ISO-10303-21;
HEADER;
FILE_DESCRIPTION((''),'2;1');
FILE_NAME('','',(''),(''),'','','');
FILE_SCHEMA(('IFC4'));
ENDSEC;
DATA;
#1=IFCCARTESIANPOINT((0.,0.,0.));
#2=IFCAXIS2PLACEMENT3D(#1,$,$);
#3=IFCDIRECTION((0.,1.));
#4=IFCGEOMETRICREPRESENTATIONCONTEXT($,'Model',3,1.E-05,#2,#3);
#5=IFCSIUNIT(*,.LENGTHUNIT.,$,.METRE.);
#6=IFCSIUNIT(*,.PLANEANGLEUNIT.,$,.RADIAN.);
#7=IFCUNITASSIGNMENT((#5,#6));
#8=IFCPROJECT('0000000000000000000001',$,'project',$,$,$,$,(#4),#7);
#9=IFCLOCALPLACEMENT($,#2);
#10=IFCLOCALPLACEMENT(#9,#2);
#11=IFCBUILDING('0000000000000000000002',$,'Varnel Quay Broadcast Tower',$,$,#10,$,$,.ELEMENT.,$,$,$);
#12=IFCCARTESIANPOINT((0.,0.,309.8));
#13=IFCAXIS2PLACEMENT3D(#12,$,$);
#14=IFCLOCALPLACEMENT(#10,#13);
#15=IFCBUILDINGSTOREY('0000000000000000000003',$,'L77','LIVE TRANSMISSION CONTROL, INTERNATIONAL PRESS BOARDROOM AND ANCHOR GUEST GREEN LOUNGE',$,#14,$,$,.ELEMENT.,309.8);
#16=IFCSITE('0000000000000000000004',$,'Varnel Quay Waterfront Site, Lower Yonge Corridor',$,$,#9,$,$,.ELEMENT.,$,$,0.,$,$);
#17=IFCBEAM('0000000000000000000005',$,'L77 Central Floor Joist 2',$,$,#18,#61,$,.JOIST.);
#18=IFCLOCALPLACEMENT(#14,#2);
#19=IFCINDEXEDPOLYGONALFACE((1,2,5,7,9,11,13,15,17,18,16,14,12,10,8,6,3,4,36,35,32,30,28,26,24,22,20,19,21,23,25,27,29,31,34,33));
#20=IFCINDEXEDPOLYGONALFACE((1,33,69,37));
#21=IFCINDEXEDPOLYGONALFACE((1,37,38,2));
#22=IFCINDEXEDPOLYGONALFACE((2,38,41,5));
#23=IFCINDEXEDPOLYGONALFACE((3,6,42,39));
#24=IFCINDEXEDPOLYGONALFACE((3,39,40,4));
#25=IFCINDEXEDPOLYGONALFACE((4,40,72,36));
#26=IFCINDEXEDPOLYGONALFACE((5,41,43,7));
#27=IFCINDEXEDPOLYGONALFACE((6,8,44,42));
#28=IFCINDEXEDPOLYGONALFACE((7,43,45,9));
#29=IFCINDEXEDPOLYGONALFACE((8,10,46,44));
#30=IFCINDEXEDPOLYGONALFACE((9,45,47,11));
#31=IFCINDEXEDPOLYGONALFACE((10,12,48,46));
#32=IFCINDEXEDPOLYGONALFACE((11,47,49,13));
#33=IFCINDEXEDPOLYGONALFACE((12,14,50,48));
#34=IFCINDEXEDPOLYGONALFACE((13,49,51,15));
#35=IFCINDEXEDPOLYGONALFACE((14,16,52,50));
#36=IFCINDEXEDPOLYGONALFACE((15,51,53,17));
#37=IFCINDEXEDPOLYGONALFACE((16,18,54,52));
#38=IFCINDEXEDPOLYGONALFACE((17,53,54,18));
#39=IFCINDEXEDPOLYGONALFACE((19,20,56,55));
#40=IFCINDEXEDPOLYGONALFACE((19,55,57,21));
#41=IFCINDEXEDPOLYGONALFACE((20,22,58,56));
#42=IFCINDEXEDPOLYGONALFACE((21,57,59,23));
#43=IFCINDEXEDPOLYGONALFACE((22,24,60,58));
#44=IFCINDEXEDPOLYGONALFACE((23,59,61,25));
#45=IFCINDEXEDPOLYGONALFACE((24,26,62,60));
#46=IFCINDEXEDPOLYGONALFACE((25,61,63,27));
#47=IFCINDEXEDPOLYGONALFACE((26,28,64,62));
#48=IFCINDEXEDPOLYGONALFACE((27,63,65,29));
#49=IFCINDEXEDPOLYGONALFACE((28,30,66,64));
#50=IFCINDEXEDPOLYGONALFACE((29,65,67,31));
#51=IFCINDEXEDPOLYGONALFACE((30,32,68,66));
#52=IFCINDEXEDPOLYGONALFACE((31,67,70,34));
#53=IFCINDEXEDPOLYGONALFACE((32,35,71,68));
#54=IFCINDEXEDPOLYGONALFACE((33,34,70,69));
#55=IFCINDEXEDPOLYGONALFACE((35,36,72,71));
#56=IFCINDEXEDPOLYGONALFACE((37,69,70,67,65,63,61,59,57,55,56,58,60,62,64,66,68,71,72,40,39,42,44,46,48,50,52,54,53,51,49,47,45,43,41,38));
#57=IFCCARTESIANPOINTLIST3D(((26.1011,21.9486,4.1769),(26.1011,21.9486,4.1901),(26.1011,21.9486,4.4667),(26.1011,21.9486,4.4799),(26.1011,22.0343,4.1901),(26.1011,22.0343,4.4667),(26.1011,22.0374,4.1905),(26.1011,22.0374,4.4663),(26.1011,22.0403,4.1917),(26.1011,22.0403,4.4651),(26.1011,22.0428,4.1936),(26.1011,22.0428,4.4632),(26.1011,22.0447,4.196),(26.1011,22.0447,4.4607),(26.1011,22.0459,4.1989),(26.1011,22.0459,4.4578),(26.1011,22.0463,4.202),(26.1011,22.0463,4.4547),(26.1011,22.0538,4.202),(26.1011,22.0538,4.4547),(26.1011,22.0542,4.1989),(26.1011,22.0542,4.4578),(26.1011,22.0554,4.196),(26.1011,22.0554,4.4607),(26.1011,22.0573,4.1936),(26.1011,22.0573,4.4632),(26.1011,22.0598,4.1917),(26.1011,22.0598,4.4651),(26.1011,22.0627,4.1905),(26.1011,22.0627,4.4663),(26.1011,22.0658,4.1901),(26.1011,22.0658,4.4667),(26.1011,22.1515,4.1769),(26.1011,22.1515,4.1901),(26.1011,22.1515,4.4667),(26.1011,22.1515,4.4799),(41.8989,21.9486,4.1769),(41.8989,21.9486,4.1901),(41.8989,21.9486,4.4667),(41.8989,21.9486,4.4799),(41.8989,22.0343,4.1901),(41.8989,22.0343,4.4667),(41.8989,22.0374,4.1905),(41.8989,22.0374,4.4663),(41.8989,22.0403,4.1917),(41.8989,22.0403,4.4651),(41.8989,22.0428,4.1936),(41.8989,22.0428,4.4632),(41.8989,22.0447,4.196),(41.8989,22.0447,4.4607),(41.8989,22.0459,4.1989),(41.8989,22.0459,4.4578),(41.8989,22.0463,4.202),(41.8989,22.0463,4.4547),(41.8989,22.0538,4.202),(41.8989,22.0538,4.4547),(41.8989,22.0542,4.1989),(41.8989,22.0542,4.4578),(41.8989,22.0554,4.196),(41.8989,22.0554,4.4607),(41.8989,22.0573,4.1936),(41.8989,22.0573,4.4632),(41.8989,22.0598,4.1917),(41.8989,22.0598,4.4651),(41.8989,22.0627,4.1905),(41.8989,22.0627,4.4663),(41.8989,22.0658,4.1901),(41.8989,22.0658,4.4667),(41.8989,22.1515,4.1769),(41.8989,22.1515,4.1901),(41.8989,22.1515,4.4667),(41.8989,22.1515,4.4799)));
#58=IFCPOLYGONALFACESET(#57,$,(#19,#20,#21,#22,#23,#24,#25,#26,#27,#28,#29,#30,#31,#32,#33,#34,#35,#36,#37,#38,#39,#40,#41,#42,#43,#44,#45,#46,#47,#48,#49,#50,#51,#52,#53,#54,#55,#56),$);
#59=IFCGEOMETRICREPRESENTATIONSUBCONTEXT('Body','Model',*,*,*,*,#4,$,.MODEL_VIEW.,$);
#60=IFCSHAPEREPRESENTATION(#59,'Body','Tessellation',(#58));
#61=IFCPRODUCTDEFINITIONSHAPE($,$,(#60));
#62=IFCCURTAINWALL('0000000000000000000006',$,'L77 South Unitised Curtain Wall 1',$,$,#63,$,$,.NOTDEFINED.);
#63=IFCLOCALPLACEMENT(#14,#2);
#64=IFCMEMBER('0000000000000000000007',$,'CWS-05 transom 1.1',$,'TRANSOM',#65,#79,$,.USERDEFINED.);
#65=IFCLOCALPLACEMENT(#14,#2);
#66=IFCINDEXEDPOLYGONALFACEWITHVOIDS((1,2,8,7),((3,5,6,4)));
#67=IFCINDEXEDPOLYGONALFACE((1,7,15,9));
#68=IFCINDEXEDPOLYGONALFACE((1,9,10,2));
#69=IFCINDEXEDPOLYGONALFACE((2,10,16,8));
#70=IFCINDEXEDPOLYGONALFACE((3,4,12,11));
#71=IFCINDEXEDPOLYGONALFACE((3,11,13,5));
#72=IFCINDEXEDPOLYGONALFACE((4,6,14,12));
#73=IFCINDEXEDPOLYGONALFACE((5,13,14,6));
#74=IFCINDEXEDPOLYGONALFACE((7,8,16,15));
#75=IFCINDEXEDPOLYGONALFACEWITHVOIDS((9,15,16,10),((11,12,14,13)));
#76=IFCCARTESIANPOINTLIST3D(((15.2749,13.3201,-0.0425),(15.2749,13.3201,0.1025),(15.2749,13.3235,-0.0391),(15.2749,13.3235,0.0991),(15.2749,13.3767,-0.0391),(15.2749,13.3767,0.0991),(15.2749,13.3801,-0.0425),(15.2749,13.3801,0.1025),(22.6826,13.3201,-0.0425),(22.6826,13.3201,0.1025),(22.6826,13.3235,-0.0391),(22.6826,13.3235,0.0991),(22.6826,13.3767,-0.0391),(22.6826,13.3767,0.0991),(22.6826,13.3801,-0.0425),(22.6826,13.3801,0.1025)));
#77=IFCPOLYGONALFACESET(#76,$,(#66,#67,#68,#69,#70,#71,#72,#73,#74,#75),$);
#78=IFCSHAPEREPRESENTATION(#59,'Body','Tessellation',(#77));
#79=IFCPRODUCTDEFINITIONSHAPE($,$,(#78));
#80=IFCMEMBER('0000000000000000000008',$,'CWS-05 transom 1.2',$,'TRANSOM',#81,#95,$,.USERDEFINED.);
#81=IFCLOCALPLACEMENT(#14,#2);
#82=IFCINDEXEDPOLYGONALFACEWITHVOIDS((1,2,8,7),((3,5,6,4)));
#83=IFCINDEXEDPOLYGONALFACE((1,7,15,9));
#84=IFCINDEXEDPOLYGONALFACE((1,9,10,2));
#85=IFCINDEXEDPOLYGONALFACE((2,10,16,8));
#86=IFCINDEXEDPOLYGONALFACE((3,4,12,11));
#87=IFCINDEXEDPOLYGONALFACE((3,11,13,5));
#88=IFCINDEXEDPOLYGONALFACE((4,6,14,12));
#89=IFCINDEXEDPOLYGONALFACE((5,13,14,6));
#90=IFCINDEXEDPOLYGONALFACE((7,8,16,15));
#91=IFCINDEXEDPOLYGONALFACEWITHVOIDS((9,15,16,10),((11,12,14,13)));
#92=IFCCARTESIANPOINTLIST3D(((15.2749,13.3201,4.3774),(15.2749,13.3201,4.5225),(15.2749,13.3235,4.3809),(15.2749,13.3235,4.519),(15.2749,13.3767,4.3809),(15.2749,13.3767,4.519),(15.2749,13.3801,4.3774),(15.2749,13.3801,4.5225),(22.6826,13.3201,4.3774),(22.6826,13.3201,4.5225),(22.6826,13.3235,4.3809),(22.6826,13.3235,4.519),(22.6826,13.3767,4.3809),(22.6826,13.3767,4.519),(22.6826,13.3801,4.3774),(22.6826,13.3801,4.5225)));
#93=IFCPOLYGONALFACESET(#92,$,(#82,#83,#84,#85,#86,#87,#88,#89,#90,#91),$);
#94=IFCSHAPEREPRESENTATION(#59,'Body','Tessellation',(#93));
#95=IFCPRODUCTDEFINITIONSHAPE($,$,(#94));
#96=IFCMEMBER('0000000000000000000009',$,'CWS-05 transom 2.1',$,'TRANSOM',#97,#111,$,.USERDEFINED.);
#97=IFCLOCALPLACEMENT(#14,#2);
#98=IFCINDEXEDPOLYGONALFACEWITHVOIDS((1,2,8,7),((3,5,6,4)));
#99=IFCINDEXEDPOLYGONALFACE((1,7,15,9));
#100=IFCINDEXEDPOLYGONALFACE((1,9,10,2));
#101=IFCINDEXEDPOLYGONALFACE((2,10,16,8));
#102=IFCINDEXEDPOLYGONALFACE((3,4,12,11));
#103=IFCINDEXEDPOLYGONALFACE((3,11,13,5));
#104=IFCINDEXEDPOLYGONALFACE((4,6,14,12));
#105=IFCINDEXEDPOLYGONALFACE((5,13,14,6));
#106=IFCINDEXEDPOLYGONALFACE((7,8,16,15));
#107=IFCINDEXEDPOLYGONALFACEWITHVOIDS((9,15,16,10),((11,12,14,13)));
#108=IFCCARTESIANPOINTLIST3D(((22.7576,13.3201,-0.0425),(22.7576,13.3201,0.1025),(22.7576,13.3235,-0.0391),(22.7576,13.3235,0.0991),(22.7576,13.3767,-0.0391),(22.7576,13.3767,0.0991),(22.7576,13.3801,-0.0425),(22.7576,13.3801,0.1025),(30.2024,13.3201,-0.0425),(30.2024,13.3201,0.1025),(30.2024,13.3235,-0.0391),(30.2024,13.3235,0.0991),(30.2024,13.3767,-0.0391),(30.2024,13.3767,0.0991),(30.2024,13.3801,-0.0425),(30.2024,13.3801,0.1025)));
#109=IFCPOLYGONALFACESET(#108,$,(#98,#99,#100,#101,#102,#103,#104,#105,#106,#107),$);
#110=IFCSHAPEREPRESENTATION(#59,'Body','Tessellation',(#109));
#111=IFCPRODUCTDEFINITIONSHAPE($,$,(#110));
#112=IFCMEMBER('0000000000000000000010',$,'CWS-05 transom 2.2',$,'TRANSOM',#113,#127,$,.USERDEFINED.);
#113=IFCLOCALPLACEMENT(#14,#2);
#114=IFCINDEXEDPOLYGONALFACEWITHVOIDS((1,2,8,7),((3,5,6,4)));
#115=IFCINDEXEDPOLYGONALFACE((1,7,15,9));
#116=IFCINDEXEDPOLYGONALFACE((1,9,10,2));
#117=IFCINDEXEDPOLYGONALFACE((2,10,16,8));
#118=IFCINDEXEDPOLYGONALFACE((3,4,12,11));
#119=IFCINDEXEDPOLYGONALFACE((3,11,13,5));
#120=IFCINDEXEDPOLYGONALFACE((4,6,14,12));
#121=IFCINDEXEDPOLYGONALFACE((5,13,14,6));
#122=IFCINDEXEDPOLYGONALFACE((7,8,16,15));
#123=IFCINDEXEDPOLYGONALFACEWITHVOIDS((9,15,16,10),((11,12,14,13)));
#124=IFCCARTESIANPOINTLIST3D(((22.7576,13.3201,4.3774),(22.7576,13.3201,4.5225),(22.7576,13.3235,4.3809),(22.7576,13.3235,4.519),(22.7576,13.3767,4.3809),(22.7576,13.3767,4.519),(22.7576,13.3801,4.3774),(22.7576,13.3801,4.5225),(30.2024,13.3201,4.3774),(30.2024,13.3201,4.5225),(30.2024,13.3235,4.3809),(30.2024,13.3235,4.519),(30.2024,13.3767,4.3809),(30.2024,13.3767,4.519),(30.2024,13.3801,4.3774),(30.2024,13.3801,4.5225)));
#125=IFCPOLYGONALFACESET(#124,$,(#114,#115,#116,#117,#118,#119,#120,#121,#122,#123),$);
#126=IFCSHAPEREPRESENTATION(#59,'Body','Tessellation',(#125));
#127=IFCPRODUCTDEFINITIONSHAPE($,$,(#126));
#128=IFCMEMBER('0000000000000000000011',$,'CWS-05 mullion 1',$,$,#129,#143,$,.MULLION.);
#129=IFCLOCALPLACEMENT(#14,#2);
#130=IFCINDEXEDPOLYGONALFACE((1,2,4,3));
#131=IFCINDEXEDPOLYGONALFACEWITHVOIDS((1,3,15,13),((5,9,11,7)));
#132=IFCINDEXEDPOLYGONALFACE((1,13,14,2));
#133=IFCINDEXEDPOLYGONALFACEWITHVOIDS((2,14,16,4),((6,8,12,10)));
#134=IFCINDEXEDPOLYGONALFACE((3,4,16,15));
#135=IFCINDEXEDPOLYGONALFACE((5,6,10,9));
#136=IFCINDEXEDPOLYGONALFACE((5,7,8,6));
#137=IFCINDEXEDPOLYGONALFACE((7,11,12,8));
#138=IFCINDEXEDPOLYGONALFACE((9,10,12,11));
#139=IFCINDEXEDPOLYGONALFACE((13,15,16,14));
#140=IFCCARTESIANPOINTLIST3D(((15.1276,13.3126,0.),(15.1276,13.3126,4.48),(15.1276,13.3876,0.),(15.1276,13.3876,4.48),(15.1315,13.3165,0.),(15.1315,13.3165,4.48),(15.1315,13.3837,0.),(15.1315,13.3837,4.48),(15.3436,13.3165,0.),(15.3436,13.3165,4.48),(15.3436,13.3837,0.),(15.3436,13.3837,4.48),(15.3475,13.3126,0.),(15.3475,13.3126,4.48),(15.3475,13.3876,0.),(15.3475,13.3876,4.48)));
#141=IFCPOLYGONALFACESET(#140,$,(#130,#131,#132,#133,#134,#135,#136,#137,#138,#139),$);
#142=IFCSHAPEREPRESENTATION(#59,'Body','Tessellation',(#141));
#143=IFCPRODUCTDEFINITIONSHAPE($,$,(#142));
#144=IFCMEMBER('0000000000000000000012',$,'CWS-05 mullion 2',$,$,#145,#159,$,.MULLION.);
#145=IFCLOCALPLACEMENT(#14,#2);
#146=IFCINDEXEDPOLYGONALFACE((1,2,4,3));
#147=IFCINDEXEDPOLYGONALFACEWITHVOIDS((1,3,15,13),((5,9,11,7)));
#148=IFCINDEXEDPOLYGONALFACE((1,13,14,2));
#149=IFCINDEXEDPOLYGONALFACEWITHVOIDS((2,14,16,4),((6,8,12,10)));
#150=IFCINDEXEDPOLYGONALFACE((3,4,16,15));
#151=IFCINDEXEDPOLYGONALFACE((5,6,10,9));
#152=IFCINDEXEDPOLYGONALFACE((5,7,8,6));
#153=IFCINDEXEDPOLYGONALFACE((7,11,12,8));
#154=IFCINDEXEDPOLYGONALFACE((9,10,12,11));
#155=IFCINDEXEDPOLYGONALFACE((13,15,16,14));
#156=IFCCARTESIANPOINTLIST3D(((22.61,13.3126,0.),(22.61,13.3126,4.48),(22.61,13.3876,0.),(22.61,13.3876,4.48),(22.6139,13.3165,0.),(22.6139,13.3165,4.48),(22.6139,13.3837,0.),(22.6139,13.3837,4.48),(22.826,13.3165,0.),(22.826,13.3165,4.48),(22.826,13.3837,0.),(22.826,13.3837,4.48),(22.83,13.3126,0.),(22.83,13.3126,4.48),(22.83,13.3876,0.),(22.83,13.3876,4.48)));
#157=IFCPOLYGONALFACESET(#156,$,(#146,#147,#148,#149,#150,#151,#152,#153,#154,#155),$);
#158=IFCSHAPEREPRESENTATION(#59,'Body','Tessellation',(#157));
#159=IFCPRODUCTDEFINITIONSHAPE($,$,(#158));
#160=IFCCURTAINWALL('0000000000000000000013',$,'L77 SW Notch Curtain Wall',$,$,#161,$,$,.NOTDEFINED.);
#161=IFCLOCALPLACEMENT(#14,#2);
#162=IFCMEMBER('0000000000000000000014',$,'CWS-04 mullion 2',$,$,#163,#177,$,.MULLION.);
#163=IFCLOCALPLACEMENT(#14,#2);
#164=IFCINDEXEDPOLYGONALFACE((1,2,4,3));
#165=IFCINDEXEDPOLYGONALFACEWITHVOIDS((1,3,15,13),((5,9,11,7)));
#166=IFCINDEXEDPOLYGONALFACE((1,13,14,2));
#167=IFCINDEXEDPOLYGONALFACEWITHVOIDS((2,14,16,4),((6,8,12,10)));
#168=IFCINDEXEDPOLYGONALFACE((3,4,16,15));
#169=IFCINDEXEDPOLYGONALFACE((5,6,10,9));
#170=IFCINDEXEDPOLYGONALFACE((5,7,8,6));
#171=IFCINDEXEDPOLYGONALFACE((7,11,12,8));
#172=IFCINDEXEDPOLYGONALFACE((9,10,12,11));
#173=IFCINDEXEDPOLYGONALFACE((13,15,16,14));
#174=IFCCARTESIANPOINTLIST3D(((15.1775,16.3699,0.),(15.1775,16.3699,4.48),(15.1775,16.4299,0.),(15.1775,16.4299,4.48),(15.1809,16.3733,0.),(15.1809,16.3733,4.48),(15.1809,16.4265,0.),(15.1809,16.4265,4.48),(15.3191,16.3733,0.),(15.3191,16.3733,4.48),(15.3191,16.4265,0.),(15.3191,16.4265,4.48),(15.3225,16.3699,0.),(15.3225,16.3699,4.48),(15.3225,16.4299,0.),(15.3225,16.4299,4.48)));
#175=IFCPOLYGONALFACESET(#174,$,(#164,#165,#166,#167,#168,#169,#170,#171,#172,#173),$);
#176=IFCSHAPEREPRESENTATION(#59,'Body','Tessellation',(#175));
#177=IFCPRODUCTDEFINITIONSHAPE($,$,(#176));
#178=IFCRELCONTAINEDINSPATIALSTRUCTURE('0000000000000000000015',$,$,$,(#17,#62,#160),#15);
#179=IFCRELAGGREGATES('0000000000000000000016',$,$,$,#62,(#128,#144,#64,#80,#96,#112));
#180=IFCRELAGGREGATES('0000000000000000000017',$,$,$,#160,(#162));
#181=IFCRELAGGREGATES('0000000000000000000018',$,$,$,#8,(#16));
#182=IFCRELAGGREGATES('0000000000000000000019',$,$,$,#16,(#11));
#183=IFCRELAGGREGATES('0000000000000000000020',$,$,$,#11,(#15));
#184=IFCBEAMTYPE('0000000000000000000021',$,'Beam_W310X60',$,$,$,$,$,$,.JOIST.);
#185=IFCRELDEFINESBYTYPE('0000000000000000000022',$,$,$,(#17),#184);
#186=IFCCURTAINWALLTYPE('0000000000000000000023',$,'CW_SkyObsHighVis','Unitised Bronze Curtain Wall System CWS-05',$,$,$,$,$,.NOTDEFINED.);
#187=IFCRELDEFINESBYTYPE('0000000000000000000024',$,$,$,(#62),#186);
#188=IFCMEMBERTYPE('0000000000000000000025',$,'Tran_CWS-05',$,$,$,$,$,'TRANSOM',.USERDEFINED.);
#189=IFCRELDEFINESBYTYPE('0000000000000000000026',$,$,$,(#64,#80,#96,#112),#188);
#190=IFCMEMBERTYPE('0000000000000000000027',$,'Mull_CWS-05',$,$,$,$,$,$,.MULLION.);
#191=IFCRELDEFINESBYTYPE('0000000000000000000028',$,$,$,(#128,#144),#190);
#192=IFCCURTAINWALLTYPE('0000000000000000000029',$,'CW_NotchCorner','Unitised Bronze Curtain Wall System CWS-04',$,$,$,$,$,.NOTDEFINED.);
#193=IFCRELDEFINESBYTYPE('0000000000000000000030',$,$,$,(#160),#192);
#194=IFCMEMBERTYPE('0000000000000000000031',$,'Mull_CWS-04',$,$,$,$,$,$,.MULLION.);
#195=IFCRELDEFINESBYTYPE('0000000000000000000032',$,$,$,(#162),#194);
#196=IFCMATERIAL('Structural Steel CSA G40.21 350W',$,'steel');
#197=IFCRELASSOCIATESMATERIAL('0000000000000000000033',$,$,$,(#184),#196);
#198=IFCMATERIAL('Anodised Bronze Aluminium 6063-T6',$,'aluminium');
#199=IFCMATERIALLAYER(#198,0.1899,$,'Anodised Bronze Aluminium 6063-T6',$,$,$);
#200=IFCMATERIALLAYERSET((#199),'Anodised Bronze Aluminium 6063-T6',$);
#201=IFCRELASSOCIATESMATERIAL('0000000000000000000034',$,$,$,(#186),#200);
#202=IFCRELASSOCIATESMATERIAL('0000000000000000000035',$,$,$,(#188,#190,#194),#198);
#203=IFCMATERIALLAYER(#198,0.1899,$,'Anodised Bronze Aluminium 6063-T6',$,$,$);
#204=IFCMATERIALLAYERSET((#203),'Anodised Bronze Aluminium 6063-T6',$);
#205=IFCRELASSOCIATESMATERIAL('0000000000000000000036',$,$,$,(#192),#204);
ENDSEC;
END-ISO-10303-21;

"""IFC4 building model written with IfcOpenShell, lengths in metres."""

from ifc_helpers import new_model, si_unit, direction, frame, origin, origin_2d, place, context, subcontext, project, spatial, hollow_rectangle, i_section, extrude, source, transform, mapped, material, layer, layer_set, material_profile, profile_set, type_object, type_shapes, element, aggregate, save


model = new_model("IFC4")

# Units and contexts
model_context = context("Model", 3, precision=1e-05, world=origin(), true_north=direction((0.0, 1.0)))
body_context = subcontext(model_context, "Body", "Model", "MODEL_VIEW")
ifc_project = project(units=[si_unit("LENGTHUNIT", "METRE"), si_unit("PLANEANGLEUNIT", "RADIAN")], contexts=[model_context])

# Site, building, storey
site_placement = place(None, origin())
site = spatial("IfcSite", under=ifc_project, at=site_placement, Name="Varnel Quay Waterfront Site, Lower Yonge Corridor", CompositionType="ELEMENT", RefElevation=0.0)
building_placement = place(site_placement, origin())
building = spatial("IfcBuilding", under=site, at=building_placement, Name="Varnel Quay Broadcast Tower", CompositionType="ELEMENT")
storey_placement = place(building_placement, frame((0.0, 0.0, 309.8)))
storey = spatial("IfcBuildingStorey", under=building, at=storey_placement, Name="L77", Description="LIVE TRANSMISSION CONTROL, INTERNATIONAL PRESS BOARDROOM AND ANCHOR GUEST GREEN LOUNGE", CompositionType="ELEMENT", Elevation=309.8)

# Shared definitions
ifc_material_1 = material(Name="Structural Steel CSA G40.21 350W", Category="steel")

# Beam
ifc_material_profile_1 = material_profile(ifc_material_1, i_section(OverallWidth=0.2029, OverallDepth=0.303, WebThickness=0.0076, FlangeThickness=0.0132, FilletRadius=0.012, at=origin_2d()), Name="W310X60")
ifc_profile_set_1 = profile_set([ifc_material_profile_1], Name="Structural Steel CSA G40.21 350W")
beam_type_1 = type_object("IfcBeamType", Name="Beam_W310X60", PredefinedType="JOIST", material=ifc_profile_set_1)
shared_shape_1 = source(origin(), body_context, "Body", "SweptSolid", [
    extrude(i_section(OverallWidth=0.2029, OverallDepth=0.303, WebThickness=0.0076, FlangeThickness=0.0132, FilletRadius=0.012, at=origin_2d()), origin(), (0.0, 0.0, 1.0), 15.7979),
])
type_shapes(beam_type_1, [shared_shape_1])
beam_1_placement = place(storey_placement, frame((26.1011, 22.05, 4.3284), z_axis=(1.0, 0.0, 0.0), x_axis=(0.0, 1.0, 0.0)))
element("IfcBeam", 1, at=beam_1_placement, inside=storey, type_object=beam_type_1, Name="L77 Central Floor Joist 2", PredefinedType="JOIST", context=body_context, shape_type="MappedRepresentation", body=[
    mapped(shared_shape_1, transform((0.0, 0.0, 0.0), x_axis=(1.0, 0.0, 0.0), y_axis=(0.0, 1.0, 0.0), z_axis=(0.0, 0.0, 1.0), scale=1.0)),
])

# Curtain wall, members
ifc_material_2 = material(Name="Anodised Bronze Aluminium 6063-T6", Category="aluminium")
ifc_layer_1 = layer(ifc_material_2, 0.1899, Name="Anodised Bronze Aluminium 6063-T6")
ifc_layer_set_1 = layer_set([ifc_layer_1], Name="Anodised Bronze Aluminium 6063-T6")
curtain_wall_type_1 = type_object("IfcCurtainWallType", Name="CW_SkyObsHighVis", Description="Unitised Bronze Curtain Wall System CWS-05", PredefinedType="NOTDEFINED", material=ifc_layer_set_1)
curtain_wall_1_placement = place(storey_placement, origin())
curtain_wall_1 = element("IfcCurtainWall", 2, at=curtain_wall_1_placement, inside=storey, type_object=curtain_wall_type_1, Name="L77 South Unitised Curtain Wall 1", PredefinedType="NOTDEFINED")
ifc_material_profile_2 = material_profile(ifc_material_2, hollow_rectangle(XDim=0.0601, YDim=0.145, WallThickness=0.0034, at=origin_2d()), Name="ALU60X145X3.5")
ifc_profile_set_2 = profile_set([ifc_material_profile_2], Name="Anodised Bronze Aluminium 6063-T6")
member_type_1 = type_object("IfcMemberType", Name="Tran_CWS-05", ElementType="TRANSOM", PredefinedType="USERDEFINED", material=ifc_profile_set_2)
shared_shape_2 = source(origin(), body_context, "Body", "SweptSolid", [
    extrude(hollow_rectangle(XDim=0.0601, YDim=0.145, WallThickness=0.0034, at=origin_2d()), origin(), (0.0, 0.0, 1.0), 7.4077),
])
member_1_placement = place(storey_placement, frame((15.2749, 13.3501, 0.03), z_axis=(1.0, 0.0, 0.0), x_axis=(0.0, 1.0, 0.0)))
member_1 = element("IfcMember", 3, at=member_1_placement, type_object=member_type_1, Name="CWS-05 transom 1.1", ObjectType="TRANSOM", PredefinedType="USERDEFINED", context=body_context, shape_type="MappedRepresentation", body=[
    mapped(shared_shape_2, transform((0.0, 0.0, 0.0), x_axis=(1.0, 0.0, 0.0), y_axis=(0.0, 1.0, 0.0), z_axis=(0.0, 0.0, 1.0), scale=1.0)),
])
member_2_placement = place(storey_placement, frame((15.2749, 13.3501, 4.45), z_axis=(1.0, 0.0, 0.0), x_axis=(0.0, 1.0, 0.0)))
member_2 = element("IfcMember", 4, at=member_2_placement, type_object=member_type_1, Name="CWS-05 transom 1.2", ObjectType="TRANSOM", PredefinedType="USERDEFINED", context=body_context, shape_type="MappedRepresentation", body=[
    mapped(shared_shape_2, transform((0.0, 0.0, 0.0), x_axis=(1.0, 0.0, 0.0), y_axis=(0.0, 1.0, 0.0), z_axis=(0.0, 0.0, 1.0), scale=1.0)),
])
shared_shape_3 = source(origin(), body_context, "Body", "SweptSolid", [
    extrude(hollow_rectangle(XDim=0.0601, YDim=0.145, WallThickness=0.0034, at=origin_2d()), origin(), (0.0, 0.0, 1.0), 7.4448),
])
type_shapes(member_type_1, [shared_shape_2, shared_shape_3])
member_3_placement = place(storey_placement, frame((22.7576, 13.3501, 0.03), z_axis=(1.0, 0.0, 0.0), x_axis=(0.0, 1.0, 0.0)))
member_3 = element("IfcMember", 5, at=member_3_placement, type_object=member_type_1, Name="CWS-05 transom 2.1", ObjectType="TRANSOM", PredefinedType="USERDEFINED", context=body_context, shape_type="MappedRepresentation", body=[
    mapped(shared_shape_3, transform((0.0, 0.0, 0.0), x_axis=(1.0, 0.0, 0.0), y_axis=(0.0, 1.0, 0.0), z_axis=(0.0, 0.0, 1.0), scale=1.0)),
])
member_4_placement = place(storey_placement, frame((22.7576, 13.3501, 4.45), z_axis=(1.0, 0.0, 0.0), x_axis=(0.0, 1.0, 0.0)))
member_4 = element("IfcMember", 6, at=member_4_placement, type_object=member_type_1, Name="CWS-05 transom 2.2", ObjectType="TRANSOM", PredefinedType="USERDEFINED", context=body_context, shape_type="MappedRepresentation", body=[
    mapped(shared_shape_3, transform((0.0, 0.0, 0.0), x_axis=(1.0, 0.0, 0.0), y_axis=(0.0, 1.0, 0.0), z_axis=(0.0, 0.0, 1.0), scale=1.0)),
])
ifc_material_profile_3 = material_profile(ifc_material_2, hollow_rectangle(XDim=0.075, YDim=0.22, WallThickness=0.0039, at=origin_2d()), Name="ALU75X220X4")
ifc_profile_set_3 = profile_set([ifc_material_profile_3], Name="Anodised Bronze Aluminium 6063-T6")
member_type_2 = type_object("IfcMemberType", Name="Mull_CWS-05", PredefinedType="MULLION", material=ifc_profile_set_3)
shared_shape_4 = source(origin(), body_context, "Body", "SweptSolid", [
    extrude(hollow_rectangle(XDim=0.075, YDim=0.22, WallThickness=0.0039, at=origin_2d()), origin(), (0.0, 0.0, 1.0), 4.48),
])
type_shapes(member_type_2, [shared_shape_4])
member_5_placement = place(storey_placement, frame((15.2375, 13.3501, 0.0), z_axis=(0.0, 0.0, 1.0), x_axis=(0.0, 1.0, 0.0)))
member_5 = element("IfcMember", 7, at=member_5_placement, type_object=member_type_2, Name="CWS-05 mullion 1", PredefinedType="MULLION", context=body_context, shape_type="MappedRepresentation", body=[
    mapped(shared_shape_4, transform((0.0, 0.0, 0.0), x_axis=(1.0, 0.0, 0.0), y_axis=(0.0, 1.0, 0.0), z_axis=(0.0, 0.0, 1.0), scale=1.0)),
])
member_6_placement = place(storey_placement, frame((22.72, 13.3501, 0.0), z_axis=(0.0, 0.0, 1.0), x_axis=(0.0, 1.0, 0.0)))
member_6 = element("IfcMember", 8, at=member_6_placement, type_object=member_type_2, Name="CWS-05 mullion 2", PredefinedType="MULLION", context=body_context, shape_type="MappedRepresentation", body=[
    mapped(shared_shape_4, transform((0.0, 0.0, 0.0), x_axis=(1.0, 0.0, 0.0), y_axis=(0.0, 1.0, 0.0), z_axis=(0.0, 0.0, 1.0), scale=1.0)),
])

# Curtain wall, member
ifc_layer_2 = layer(ifc_material_2, 0.1899, Name="Anodised Bronze Aluminium 6063-T6")
ifc_layer_set_2 = layer_set([ifc_layer_2], Name="Anodised Bronze Aluminium 6063-T6")
curtain_wall_type_2 = type_object("IfcCurtainWallType", Name="CW_NotchCorner", Description="Unitised Bronze Curtain Wall System CWS-04", PredefinedType="NOTDEFINED", material=ifc_layer_set_2)
curtain_wall_2_placement = place(storey_placement, origin())
curtain_wall_2 = element("IfcCurtainWall", 9, at=curtain_wall_2_placement, inside=storey, type_object=curtain_wall_type_2, Name="L77 SW Notch Curtain Wall", PredefinedType="NOTDEFINED")
ifc_material_profile_4 = material_profile(ifc_material_2, hollow_rectangle(XDim=0.0601, YDim=0.145, WallThickness=0.0034, at=origin_2d()), Name="ALU60X145X3.5")
ifc_profile_set_4 = profile_set([ifc_material_profile_4], Name="Anodised Bronze Aluminium 6063-T6")
member_type_3 = type_object("IfcMemberType", Name="Mull_CWS-04", PredefinedType="MULLION", material=ifc_profile_set_4)
shared_shape_5 = source(origin(), body_context, "Body", "SweptSolid", [
    extrude(hollow_rectangle(XDim=0.0601, YDim=0.145, WallThickness=0.0034, at=origin_2d()), origin(), (0.0, 0.0, 1.0), 4.48),
])
type_shapes(member_type_3, [shared_shape_5])
member_7_placement = place(storey_placement, frame((15.25, 16.3999, 0.0), z_axis=(0.0, 0.0, 1.0), x_axis=(0.0, 1.0, 0.0)))
member_7 = element("IfcMember", 10, at=member_7_placement, type_object=member_type_3, Name="CWS-04 mullion 2", PredefinedType="MULLION", context=body_context, shape_type="MappedRepresentation", body=[
    mapped(shared_shape_5, transform((0.0, 0.0, 0.0), x_axis=(1.0, 0.0, 0.0), y_axis=(0.0, 1.0, 0.0), z_axis=(0.0, 0.0, 1.0), scale=1.0)),
])

aggregate(curtain_wall_1, [member_5, member_6, member_1, member_2, member_3, member_4])
aggregate(curtain_wall_2, [member_7])

save(model, "model.ifc")
